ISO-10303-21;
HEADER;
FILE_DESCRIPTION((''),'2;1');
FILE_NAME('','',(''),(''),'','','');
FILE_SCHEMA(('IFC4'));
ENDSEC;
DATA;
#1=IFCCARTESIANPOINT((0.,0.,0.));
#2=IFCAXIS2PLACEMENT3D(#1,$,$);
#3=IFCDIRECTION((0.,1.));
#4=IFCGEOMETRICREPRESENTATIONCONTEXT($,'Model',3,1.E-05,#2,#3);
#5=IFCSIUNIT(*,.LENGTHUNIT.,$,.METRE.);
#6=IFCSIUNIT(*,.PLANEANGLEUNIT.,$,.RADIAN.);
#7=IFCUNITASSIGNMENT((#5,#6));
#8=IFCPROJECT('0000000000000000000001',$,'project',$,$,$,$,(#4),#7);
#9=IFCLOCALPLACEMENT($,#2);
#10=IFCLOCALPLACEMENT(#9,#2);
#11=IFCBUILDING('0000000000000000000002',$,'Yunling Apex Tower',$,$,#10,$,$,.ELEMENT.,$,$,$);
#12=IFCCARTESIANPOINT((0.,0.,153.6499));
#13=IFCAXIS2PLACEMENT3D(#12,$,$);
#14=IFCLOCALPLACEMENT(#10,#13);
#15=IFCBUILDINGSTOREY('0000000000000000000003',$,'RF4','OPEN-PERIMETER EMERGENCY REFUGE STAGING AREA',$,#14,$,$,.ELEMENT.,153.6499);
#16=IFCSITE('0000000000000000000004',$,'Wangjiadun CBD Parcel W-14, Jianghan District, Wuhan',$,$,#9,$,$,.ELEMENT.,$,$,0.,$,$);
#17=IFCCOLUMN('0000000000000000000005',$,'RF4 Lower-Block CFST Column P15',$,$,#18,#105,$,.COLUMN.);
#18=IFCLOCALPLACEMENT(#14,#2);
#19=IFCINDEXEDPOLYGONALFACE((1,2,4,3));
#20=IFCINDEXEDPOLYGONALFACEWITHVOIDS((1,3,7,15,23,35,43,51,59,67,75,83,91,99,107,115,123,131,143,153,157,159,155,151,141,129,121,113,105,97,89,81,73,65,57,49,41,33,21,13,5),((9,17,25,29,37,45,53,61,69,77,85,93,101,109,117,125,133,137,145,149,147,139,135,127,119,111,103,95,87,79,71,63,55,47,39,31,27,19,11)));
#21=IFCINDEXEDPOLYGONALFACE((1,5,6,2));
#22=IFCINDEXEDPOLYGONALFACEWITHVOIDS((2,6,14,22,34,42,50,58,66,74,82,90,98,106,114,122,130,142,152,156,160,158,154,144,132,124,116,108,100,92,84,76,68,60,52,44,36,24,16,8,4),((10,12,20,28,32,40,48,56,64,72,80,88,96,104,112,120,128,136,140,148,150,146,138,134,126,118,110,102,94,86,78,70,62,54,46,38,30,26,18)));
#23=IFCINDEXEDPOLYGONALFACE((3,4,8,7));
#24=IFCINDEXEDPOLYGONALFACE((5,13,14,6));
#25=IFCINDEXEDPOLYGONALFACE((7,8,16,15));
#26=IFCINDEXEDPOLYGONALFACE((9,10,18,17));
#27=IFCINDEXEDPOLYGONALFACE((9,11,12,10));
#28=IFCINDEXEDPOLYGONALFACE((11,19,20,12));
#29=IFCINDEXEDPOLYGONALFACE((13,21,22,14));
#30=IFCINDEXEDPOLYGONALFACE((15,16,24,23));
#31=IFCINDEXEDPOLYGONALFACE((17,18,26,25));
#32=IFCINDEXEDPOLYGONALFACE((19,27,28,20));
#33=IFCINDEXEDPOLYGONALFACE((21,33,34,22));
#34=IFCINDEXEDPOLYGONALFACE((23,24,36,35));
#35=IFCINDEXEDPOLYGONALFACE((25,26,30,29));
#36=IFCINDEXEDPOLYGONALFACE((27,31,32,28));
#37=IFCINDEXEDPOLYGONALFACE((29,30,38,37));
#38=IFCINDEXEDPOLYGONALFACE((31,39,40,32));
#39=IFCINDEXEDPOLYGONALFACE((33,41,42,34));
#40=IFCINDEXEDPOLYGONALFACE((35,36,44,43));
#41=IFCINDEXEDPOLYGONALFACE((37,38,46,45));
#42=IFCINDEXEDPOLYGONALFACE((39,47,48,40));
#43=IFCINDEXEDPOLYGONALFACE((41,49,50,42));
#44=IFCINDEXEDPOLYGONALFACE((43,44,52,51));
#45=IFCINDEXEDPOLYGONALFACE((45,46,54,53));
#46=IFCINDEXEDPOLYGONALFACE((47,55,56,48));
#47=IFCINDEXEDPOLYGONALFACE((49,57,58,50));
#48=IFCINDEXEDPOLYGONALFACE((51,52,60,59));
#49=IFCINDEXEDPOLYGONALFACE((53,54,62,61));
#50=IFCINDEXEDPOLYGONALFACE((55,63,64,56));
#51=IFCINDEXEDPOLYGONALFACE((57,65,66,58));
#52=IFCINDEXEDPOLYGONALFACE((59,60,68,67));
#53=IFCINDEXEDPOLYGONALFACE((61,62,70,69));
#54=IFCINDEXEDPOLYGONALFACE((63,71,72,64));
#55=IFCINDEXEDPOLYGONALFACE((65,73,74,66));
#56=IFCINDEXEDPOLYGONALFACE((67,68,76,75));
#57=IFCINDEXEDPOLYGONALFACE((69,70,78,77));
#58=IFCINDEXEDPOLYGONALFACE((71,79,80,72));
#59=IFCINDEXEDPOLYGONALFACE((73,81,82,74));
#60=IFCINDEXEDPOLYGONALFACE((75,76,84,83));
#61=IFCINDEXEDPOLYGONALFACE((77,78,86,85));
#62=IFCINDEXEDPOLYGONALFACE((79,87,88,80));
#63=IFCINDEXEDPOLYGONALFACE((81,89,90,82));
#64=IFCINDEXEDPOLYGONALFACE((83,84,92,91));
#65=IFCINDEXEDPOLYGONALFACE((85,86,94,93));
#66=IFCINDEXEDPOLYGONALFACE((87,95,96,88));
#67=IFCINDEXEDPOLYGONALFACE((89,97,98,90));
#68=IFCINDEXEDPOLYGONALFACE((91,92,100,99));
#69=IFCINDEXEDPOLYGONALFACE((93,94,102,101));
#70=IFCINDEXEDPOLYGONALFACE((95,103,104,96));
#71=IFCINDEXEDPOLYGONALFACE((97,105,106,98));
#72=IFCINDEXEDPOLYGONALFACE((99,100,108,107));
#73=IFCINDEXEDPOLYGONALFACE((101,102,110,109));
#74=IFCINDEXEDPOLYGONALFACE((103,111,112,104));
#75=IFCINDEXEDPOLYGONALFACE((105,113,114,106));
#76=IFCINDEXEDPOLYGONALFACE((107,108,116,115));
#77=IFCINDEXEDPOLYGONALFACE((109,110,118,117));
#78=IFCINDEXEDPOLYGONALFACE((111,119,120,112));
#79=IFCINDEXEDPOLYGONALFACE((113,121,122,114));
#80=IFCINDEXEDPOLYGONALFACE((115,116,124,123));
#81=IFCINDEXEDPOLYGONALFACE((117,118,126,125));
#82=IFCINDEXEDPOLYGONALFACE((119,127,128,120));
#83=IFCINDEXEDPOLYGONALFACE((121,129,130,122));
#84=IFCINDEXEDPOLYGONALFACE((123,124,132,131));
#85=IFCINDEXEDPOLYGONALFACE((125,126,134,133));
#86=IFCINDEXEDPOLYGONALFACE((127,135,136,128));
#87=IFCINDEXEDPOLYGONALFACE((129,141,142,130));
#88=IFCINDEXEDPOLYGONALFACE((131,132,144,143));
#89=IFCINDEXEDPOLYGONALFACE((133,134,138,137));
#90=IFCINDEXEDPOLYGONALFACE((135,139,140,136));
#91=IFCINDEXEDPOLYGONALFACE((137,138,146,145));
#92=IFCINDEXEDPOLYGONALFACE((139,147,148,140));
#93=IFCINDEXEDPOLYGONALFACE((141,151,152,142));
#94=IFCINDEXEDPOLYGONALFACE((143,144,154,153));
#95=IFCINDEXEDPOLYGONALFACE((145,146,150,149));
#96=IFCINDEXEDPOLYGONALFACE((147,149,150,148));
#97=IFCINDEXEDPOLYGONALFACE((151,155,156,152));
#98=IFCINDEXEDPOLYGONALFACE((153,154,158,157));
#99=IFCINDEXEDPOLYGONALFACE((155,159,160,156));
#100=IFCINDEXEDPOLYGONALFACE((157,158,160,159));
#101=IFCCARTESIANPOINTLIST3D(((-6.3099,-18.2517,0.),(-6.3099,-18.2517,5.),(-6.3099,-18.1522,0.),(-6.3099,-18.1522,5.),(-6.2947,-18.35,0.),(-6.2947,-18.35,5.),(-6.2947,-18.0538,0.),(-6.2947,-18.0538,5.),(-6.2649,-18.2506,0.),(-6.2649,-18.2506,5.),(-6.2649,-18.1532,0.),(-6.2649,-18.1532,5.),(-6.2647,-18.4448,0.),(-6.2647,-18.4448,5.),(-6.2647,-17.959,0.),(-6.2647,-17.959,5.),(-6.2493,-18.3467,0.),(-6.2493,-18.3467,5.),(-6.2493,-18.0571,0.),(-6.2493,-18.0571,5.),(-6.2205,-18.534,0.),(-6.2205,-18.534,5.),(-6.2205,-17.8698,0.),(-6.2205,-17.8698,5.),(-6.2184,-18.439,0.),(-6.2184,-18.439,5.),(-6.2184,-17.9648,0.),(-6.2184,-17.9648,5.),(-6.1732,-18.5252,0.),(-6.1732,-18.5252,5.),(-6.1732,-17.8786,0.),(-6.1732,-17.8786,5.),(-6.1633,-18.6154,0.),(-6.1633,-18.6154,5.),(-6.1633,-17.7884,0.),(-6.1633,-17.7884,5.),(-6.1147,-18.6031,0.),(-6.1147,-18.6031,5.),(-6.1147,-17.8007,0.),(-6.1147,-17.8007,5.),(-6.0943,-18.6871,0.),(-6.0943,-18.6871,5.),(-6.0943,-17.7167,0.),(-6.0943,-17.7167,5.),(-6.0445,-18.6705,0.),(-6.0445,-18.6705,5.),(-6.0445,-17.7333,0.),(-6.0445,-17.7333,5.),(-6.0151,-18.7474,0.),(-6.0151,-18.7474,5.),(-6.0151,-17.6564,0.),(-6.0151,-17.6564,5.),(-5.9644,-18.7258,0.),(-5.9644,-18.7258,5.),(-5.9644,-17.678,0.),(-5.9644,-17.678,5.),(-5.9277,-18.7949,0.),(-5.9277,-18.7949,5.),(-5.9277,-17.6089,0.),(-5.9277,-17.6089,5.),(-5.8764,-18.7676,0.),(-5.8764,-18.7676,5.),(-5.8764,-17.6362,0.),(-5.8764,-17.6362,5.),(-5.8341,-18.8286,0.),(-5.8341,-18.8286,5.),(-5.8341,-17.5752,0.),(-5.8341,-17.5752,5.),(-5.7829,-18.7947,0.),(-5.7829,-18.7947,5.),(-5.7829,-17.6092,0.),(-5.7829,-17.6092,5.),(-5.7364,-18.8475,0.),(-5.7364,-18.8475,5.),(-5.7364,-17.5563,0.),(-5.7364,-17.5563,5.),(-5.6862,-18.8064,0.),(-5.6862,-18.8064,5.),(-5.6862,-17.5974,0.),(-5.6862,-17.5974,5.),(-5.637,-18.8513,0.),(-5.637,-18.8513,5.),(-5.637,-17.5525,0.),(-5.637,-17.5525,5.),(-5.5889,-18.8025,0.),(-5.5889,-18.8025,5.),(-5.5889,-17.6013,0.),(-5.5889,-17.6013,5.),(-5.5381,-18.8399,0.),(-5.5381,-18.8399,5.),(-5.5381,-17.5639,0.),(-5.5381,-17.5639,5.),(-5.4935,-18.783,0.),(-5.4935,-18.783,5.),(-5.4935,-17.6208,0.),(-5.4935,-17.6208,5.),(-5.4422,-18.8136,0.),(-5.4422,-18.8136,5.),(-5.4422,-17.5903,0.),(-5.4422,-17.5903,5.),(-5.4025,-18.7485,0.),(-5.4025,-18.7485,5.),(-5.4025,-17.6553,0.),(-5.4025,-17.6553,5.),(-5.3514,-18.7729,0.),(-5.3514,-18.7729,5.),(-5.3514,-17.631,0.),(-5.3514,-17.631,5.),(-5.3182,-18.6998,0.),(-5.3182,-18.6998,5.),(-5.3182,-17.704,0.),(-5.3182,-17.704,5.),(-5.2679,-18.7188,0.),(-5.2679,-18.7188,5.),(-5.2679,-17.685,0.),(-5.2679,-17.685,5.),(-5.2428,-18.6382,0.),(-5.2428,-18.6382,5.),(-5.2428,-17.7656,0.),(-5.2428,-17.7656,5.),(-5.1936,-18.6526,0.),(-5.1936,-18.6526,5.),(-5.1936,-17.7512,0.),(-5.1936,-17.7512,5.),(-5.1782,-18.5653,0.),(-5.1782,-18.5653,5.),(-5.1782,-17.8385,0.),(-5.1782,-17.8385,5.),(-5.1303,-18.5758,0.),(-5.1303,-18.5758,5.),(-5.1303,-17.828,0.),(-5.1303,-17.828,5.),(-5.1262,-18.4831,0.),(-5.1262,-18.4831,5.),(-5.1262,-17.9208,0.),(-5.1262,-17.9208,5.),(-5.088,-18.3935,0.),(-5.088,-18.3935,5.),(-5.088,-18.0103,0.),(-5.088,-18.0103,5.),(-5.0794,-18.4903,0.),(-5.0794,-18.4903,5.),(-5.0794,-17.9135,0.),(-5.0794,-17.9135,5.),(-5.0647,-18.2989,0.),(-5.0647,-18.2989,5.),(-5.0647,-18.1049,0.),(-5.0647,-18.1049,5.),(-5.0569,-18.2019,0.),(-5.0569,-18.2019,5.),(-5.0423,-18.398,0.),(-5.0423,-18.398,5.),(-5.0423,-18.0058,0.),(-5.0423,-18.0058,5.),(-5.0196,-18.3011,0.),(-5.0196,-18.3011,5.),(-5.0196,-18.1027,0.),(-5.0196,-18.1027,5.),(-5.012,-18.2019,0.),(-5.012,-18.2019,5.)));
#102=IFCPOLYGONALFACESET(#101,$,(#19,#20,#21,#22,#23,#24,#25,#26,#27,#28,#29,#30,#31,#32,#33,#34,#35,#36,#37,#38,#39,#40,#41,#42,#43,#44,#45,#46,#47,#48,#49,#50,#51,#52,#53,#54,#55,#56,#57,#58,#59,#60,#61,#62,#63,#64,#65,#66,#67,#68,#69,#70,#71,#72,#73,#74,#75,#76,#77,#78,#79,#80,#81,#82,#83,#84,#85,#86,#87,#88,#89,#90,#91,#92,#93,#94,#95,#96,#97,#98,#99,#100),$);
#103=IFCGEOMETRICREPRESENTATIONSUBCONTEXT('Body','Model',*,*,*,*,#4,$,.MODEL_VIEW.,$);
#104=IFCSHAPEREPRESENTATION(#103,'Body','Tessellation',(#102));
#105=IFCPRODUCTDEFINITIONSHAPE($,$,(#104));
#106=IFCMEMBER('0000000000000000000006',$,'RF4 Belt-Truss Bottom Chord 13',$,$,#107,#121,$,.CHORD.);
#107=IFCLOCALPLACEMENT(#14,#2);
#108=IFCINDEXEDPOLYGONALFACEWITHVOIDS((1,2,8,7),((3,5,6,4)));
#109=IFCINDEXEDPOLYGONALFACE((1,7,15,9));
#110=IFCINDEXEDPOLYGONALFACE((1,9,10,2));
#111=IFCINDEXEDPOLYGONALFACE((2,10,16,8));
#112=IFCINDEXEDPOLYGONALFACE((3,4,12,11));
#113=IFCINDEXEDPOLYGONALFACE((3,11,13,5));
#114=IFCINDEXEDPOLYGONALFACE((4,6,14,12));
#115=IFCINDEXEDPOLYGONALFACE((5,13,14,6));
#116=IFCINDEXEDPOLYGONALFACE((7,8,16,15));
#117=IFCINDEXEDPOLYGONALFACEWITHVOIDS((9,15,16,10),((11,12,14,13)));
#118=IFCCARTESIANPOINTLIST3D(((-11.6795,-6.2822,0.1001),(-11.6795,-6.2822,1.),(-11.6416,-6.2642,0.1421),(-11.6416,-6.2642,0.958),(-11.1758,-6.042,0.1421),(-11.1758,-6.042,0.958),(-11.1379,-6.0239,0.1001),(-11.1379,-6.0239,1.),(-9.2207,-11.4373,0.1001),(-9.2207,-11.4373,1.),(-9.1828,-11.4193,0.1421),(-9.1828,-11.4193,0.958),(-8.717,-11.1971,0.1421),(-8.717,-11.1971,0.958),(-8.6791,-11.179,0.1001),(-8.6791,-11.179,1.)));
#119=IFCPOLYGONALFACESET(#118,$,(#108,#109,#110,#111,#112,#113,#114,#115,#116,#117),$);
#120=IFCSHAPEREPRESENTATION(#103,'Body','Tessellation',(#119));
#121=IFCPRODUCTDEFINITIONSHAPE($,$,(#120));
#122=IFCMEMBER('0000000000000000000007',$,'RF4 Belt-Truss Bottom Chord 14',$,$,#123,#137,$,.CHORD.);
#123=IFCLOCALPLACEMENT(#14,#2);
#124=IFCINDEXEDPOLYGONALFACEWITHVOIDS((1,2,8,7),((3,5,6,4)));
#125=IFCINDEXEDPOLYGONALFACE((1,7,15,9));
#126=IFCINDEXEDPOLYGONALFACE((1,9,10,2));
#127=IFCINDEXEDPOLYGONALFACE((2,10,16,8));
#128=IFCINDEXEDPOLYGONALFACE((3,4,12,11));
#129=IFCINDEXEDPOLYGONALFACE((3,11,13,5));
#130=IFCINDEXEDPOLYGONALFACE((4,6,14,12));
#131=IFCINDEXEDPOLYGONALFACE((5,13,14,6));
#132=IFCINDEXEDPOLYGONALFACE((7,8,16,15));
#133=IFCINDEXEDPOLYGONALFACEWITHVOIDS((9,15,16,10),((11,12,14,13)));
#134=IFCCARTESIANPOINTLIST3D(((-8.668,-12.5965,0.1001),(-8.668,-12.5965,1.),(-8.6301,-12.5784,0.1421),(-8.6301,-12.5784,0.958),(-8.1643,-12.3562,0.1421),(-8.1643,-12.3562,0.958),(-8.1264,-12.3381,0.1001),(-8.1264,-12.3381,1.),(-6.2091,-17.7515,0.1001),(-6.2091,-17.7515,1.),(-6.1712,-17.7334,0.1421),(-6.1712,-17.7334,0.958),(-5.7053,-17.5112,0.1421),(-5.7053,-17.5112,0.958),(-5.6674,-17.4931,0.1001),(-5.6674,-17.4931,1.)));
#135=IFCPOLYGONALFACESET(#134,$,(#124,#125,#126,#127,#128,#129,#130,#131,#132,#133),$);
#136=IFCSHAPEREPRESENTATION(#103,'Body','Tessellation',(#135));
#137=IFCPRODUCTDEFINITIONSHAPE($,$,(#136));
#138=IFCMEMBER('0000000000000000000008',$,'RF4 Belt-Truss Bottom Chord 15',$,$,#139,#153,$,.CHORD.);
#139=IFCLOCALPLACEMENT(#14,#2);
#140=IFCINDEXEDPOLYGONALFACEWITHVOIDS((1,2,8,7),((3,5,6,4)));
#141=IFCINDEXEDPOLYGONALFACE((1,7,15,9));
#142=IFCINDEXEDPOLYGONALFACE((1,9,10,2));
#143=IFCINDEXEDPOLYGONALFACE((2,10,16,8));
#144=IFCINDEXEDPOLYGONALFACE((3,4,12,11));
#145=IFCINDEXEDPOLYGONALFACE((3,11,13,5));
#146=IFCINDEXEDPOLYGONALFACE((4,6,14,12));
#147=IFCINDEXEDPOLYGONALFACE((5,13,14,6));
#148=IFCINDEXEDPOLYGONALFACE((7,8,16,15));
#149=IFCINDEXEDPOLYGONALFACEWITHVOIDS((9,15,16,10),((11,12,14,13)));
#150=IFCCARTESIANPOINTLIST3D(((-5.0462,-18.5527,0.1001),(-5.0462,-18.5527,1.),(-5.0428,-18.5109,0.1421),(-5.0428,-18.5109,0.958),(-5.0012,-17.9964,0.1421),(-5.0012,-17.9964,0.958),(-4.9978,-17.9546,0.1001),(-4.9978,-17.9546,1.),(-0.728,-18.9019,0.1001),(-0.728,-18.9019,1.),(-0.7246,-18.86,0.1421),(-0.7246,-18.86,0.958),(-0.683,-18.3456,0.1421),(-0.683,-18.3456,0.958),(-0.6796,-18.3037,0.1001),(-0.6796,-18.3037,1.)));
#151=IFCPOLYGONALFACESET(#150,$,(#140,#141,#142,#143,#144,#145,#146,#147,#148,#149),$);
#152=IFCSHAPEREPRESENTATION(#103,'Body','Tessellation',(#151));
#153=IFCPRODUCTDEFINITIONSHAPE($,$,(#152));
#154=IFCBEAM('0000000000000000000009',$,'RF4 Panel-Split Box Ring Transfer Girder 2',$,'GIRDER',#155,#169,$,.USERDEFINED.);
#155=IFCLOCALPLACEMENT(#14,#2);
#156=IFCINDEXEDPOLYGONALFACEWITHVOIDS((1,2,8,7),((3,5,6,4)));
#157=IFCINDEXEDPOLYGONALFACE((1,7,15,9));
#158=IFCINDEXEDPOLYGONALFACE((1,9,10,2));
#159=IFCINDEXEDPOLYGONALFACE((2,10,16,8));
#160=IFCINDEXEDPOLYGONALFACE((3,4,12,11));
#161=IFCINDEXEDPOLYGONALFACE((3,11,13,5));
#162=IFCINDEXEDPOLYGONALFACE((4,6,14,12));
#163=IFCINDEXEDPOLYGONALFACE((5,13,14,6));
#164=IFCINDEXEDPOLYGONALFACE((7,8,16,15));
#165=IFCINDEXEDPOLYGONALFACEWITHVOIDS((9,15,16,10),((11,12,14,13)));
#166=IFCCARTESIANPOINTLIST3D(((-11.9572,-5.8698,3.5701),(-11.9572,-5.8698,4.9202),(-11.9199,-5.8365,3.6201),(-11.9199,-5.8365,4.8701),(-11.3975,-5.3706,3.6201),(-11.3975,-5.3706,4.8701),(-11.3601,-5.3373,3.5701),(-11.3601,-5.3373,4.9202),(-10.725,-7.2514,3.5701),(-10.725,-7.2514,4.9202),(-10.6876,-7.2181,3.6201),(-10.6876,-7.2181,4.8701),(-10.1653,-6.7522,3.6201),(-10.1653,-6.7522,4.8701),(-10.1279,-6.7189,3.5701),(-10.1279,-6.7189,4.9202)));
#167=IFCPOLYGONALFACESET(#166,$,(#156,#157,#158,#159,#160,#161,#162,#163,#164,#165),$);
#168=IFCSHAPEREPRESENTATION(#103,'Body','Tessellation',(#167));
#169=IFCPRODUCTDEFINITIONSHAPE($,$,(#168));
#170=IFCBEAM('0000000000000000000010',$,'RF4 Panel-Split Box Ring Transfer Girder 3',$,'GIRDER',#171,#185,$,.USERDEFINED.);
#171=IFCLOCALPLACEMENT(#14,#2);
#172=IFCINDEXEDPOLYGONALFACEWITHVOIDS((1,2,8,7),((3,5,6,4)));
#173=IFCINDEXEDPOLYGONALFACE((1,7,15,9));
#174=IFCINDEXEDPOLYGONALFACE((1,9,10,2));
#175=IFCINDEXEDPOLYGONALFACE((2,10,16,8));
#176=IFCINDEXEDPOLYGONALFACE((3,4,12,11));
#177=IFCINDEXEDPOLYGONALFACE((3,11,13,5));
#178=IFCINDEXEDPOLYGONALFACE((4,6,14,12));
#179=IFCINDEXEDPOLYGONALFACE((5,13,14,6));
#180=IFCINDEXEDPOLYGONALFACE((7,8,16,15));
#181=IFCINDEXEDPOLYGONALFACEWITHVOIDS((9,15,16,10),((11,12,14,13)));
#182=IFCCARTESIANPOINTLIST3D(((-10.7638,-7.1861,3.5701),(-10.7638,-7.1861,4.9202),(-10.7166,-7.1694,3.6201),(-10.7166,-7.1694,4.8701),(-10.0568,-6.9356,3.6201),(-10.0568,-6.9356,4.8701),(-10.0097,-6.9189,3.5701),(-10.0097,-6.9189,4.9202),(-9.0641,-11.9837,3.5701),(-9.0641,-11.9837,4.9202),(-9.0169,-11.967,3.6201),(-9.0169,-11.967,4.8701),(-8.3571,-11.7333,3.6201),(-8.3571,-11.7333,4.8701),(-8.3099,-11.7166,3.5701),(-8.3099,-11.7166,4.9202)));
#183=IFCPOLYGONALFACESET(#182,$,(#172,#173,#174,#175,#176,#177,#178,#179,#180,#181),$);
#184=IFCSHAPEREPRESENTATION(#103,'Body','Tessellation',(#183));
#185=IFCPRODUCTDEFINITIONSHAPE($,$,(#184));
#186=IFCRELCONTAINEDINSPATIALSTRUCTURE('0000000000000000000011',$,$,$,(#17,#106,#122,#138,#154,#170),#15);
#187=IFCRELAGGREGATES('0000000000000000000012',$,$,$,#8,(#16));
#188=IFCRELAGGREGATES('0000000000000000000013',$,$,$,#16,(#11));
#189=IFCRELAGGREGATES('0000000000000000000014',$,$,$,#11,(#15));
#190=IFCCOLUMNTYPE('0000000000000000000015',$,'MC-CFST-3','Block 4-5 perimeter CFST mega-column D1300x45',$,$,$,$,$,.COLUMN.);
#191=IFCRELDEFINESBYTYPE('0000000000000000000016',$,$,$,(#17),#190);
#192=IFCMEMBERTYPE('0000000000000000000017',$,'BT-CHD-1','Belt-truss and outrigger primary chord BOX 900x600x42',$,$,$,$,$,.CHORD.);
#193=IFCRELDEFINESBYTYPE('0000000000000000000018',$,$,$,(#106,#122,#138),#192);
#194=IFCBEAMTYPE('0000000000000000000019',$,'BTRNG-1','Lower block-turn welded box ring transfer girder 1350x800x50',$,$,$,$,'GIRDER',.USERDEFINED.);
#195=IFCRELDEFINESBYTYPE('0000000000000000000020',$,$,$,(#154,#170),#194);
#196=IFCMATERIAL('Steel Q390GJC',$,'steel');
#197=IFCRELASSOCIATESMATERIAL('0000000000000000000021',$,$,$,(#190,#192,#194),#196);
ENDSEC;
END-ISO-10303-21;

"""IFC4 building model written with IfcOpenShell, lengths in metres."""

from ifc_helpers import new_model, si_unit, direction, frame, origin, origin_2d, place, context, subcontext, project, spatial, hollow_rectangle, hollow_circle, extrude, source, transform, mapped, material, material_profile, profile_set, type_object, element, save


model = new_model("IFC4")

# Units and contexts
model_context = context("Model", 3, precision=1e-05, world=origin(), true_north=direction((0.0, 1.0)))
body_context = subcontext(model_context, "Body", "Model", "MODEL_VIEW")
ifc_project = project(units=[si_unit("LENGTHUNIT", "METRE"), si_unit("PLANEANGLEUNIT", "RADIAN")], contexts=[model_context])

# Site, building, storey
site_placement = place(None, origin())
site = spatial("IfcSite", under=ifc_project, at=site_placement, Name="Wangjiadun CBD Parcel W-14, Jianghan District, Wuhan", CompositionType="ELEMENT", RefElevation=0.0)
building_placement = place(site_placement, origin())
building = spatial("IfcBuilding", under=site, at=building_placement, Name="Yunling Apex Tower", CompositionType="ELEMENT")
storey_placement = place(building_placement, frame((0.0, 0.0, 153.6499)))
storey = spatial("IfcBuildingStorey", under=building, at=storey_placement, Name="RF4", Description="OPEN-PERIMETER EMERGENCY REFUGE STAGING AREA", CompositionType="ELEMENT", Elevation=153.6499)

# Column
ifc_material_1 = material(Name="Steel Q390GJC", Category="steel")
ifc_material_profile_1 = material_profile(ifc_material_1, hollow_circle(Radius=0.6499, WallThickness=0.0449, at=origin_2d()))
ifc_profile_set_1 = profile_set([ifc_material_profile_1], Name="Steel Q390GJC")
column_type = type_object("IfcColumnType", Name="MC-CFST-3", Description="Block 4-5 perimeter CFST mega-column D1300x45", PredefinedType="COLUMN", material=ifc_profile_set_1)
shared_shape_1 = source(origin(), body_context, "Body", "SweptSolid", [
    extrude(hollow_circle(Radius=0.6499, WallThickness=0.0449, at=origin_2d()), origin(), (0.0, 0.0, 1.0), 5.0),
])
for number, where, z_axis, x_axis, name in (
    (1, (-5.6619, -18.2019, 0.0), (0.0, 0.0, 1.0), (1.0, 0.0, 0.0), "RF4 Lower-Block CFST Column P15"),
):
    element("IfcColumn", number, at=place(storey_placement, frame(where, z_axis=z_axis, x_axis=x_axis)), inside=storey, type_object=column_type, Name=name, PredefinedType="COLUMN", context=body_context, shape_type="MappedRepresentation", body=[
        mapped(shared_shape_1, transform((0.0, 0.0, 0.0), scale=1.0)),
    ])

# Members
ifc_material_profile_2 = material_profile(ifc_material_1, hollow_rectangle(XDim=0.6001, YDim=0.8999, WallThickness=0.042, at=origin_2d()))
ifc_profile_set_2 = profile_set([ifc_material_profile_2], Name="Steel Q390GJC")
member_type_1 = type_object("IfcMemberType", Name="BT-CHD-1", Description="Belt-truss and outrigger primary chord BOX 900x600x42", PredefinedType="CHORD", material=ifc_profile_set_2)
shared_shape_2 = source(origin(), body_context, "Body", "SweptSolid", [
    extrude(hollow_rectangle(XDim=0.6001, YDim=0.8999, WallThickness=0.042, at=origin_2d()), origin(), (0.0, 0.0, 1.0), 5.7114),
])
for number, where, z_axis, x_axis, name in (
    (2, (-11.4087, -6.1531, 0.55), (0.430499, -0.902591, 0.0), (0.902591, 0.430499, 0.0), "RF4 Belt-Truss Bottom Chord 13"),
    (3, (-8.3972, -12.4673, 0.55), (0.430534, -0.902574, 0.0), (0.902574, 0.430534, 0.0), "RF4 Belt-Truss Bottom Chord 14"),
):
    element("IfcMember", number, at=place(storey_placement, frame(where, z_axis=z_axis, x_axis=x_axis)), inside=storey, type_object=member_type_1, Name=name, PredefinedType="CHORD", context=body_context, shape_type="MappedRepresentation", body=[
        mapped(shared_shape_2, transform((0.0, 0.0, 0.0), scale=1.0)),
    ])
shared_shape_3 = source(origin(), body_context, "Body", "SweptSolid", [
    extrude(hollow_rectangle(XDim=0.6001, YDim=0.8999, WallThickness=0.042, at=origin_2d()), origin(), (0.0, 0.0, 1.0), 4.3323),
])
member_1_placement = place(storey_placement, frame((-5.022, -18.2537, 0.55), z_axis=(0.996748, -0.080587, 0.0), x_axis=(0.080587, 0.996748, 0.0)))
element("IfcMember", 4, at=member_1_placement, inside=storey, type_object=member_type_1, Name="RF4 Belt-Truss Bottom Chord 15", PredefinedType="CHORD", context=body_context, shape_type="MappedRepresentation", body=[
    mapped(shared_shape_3, transform((0.0, 0.0, 0.0), scale=1.0)),
])

# Beams
ifc_material_profile_3 = material_profile(ifc_material_1, hollow_rectangle(XDim=0.8, YDim=1.3501, WallThickness=0.05, at=origin_2d()))
ifc_profile_set_3 = profile_set([ifc_material_profile_3], Name="Steel Q390GJC")
beam_type = type_object("IfcBeamType", Name="BTRNG-1", Description="Lower block-turn welded box ring transfer girder 1350x800x50", ElementType="GIRDER", PredefinedType="USERDEFINED", material=ifc_profile_set_3)
shared_shape_4 = source(origin(), body_context, "Body", "SweptSolid", [
    extrude(hollow_rectangle(XDim=0.8, YDim=1.3501, WallThickness=0.05, at=origin_2d()), origin(), (0.0, 0.0, 1.0), 1.8513),
])
beam_1_placement = place(storey_placement, frame((-11.6587, -5.6035, 4.2451), z_axis=(0.665599, -0.74631, 0.0), x_axis=(0.74631, 0.665599, 0.0)))
element("IfcBeam", 5, at=beam_1_placement, inside=storey, type_object=beam_type, Name="RF4 Panel-Split Box Ring Transfer Girder 2", ObjectType="GIRDER", PredefinedType="USERDEFINED", context=body_context, shape_type="MappedRepresentation", body=[
    mapped(shared_shape_4, transform((0.0, 0.0, 0.0), scale=1.0)),
])
shared_shape_5 = source(origin(), body_context, "Body", "SweptSolid", [
    extrude(hollow_rectangle(XDim=0.8, YDim=1.3501, WallThickness=0.05, at=origin_2d()), origin(), (0.0, 0.0, 1.0), 5.0898),
])
beam_2_placement = place(storey_placement, frame((-10.3867, -7.0525, 4.2451), z_axis=(0.333944, -0.942593, 0.0), x_axis=(0.942593, 0.333944, 0.0)))
element("IfcBeam", 6, at=beam_2_placement, inside=storey, type_object=beam_type, Name="RF4 Panel-Split Box Ring Transfer Girder 3", ObjectType="GIRDER", PredefinedType="USERDEFINED", context=body_context, shape_type="MappedRepresentation", body=[
    mapped(shared_shape_5, transform((0.0, 0.0, 0.0), scale=1.0)),
])

save(model, "model.ifc")
